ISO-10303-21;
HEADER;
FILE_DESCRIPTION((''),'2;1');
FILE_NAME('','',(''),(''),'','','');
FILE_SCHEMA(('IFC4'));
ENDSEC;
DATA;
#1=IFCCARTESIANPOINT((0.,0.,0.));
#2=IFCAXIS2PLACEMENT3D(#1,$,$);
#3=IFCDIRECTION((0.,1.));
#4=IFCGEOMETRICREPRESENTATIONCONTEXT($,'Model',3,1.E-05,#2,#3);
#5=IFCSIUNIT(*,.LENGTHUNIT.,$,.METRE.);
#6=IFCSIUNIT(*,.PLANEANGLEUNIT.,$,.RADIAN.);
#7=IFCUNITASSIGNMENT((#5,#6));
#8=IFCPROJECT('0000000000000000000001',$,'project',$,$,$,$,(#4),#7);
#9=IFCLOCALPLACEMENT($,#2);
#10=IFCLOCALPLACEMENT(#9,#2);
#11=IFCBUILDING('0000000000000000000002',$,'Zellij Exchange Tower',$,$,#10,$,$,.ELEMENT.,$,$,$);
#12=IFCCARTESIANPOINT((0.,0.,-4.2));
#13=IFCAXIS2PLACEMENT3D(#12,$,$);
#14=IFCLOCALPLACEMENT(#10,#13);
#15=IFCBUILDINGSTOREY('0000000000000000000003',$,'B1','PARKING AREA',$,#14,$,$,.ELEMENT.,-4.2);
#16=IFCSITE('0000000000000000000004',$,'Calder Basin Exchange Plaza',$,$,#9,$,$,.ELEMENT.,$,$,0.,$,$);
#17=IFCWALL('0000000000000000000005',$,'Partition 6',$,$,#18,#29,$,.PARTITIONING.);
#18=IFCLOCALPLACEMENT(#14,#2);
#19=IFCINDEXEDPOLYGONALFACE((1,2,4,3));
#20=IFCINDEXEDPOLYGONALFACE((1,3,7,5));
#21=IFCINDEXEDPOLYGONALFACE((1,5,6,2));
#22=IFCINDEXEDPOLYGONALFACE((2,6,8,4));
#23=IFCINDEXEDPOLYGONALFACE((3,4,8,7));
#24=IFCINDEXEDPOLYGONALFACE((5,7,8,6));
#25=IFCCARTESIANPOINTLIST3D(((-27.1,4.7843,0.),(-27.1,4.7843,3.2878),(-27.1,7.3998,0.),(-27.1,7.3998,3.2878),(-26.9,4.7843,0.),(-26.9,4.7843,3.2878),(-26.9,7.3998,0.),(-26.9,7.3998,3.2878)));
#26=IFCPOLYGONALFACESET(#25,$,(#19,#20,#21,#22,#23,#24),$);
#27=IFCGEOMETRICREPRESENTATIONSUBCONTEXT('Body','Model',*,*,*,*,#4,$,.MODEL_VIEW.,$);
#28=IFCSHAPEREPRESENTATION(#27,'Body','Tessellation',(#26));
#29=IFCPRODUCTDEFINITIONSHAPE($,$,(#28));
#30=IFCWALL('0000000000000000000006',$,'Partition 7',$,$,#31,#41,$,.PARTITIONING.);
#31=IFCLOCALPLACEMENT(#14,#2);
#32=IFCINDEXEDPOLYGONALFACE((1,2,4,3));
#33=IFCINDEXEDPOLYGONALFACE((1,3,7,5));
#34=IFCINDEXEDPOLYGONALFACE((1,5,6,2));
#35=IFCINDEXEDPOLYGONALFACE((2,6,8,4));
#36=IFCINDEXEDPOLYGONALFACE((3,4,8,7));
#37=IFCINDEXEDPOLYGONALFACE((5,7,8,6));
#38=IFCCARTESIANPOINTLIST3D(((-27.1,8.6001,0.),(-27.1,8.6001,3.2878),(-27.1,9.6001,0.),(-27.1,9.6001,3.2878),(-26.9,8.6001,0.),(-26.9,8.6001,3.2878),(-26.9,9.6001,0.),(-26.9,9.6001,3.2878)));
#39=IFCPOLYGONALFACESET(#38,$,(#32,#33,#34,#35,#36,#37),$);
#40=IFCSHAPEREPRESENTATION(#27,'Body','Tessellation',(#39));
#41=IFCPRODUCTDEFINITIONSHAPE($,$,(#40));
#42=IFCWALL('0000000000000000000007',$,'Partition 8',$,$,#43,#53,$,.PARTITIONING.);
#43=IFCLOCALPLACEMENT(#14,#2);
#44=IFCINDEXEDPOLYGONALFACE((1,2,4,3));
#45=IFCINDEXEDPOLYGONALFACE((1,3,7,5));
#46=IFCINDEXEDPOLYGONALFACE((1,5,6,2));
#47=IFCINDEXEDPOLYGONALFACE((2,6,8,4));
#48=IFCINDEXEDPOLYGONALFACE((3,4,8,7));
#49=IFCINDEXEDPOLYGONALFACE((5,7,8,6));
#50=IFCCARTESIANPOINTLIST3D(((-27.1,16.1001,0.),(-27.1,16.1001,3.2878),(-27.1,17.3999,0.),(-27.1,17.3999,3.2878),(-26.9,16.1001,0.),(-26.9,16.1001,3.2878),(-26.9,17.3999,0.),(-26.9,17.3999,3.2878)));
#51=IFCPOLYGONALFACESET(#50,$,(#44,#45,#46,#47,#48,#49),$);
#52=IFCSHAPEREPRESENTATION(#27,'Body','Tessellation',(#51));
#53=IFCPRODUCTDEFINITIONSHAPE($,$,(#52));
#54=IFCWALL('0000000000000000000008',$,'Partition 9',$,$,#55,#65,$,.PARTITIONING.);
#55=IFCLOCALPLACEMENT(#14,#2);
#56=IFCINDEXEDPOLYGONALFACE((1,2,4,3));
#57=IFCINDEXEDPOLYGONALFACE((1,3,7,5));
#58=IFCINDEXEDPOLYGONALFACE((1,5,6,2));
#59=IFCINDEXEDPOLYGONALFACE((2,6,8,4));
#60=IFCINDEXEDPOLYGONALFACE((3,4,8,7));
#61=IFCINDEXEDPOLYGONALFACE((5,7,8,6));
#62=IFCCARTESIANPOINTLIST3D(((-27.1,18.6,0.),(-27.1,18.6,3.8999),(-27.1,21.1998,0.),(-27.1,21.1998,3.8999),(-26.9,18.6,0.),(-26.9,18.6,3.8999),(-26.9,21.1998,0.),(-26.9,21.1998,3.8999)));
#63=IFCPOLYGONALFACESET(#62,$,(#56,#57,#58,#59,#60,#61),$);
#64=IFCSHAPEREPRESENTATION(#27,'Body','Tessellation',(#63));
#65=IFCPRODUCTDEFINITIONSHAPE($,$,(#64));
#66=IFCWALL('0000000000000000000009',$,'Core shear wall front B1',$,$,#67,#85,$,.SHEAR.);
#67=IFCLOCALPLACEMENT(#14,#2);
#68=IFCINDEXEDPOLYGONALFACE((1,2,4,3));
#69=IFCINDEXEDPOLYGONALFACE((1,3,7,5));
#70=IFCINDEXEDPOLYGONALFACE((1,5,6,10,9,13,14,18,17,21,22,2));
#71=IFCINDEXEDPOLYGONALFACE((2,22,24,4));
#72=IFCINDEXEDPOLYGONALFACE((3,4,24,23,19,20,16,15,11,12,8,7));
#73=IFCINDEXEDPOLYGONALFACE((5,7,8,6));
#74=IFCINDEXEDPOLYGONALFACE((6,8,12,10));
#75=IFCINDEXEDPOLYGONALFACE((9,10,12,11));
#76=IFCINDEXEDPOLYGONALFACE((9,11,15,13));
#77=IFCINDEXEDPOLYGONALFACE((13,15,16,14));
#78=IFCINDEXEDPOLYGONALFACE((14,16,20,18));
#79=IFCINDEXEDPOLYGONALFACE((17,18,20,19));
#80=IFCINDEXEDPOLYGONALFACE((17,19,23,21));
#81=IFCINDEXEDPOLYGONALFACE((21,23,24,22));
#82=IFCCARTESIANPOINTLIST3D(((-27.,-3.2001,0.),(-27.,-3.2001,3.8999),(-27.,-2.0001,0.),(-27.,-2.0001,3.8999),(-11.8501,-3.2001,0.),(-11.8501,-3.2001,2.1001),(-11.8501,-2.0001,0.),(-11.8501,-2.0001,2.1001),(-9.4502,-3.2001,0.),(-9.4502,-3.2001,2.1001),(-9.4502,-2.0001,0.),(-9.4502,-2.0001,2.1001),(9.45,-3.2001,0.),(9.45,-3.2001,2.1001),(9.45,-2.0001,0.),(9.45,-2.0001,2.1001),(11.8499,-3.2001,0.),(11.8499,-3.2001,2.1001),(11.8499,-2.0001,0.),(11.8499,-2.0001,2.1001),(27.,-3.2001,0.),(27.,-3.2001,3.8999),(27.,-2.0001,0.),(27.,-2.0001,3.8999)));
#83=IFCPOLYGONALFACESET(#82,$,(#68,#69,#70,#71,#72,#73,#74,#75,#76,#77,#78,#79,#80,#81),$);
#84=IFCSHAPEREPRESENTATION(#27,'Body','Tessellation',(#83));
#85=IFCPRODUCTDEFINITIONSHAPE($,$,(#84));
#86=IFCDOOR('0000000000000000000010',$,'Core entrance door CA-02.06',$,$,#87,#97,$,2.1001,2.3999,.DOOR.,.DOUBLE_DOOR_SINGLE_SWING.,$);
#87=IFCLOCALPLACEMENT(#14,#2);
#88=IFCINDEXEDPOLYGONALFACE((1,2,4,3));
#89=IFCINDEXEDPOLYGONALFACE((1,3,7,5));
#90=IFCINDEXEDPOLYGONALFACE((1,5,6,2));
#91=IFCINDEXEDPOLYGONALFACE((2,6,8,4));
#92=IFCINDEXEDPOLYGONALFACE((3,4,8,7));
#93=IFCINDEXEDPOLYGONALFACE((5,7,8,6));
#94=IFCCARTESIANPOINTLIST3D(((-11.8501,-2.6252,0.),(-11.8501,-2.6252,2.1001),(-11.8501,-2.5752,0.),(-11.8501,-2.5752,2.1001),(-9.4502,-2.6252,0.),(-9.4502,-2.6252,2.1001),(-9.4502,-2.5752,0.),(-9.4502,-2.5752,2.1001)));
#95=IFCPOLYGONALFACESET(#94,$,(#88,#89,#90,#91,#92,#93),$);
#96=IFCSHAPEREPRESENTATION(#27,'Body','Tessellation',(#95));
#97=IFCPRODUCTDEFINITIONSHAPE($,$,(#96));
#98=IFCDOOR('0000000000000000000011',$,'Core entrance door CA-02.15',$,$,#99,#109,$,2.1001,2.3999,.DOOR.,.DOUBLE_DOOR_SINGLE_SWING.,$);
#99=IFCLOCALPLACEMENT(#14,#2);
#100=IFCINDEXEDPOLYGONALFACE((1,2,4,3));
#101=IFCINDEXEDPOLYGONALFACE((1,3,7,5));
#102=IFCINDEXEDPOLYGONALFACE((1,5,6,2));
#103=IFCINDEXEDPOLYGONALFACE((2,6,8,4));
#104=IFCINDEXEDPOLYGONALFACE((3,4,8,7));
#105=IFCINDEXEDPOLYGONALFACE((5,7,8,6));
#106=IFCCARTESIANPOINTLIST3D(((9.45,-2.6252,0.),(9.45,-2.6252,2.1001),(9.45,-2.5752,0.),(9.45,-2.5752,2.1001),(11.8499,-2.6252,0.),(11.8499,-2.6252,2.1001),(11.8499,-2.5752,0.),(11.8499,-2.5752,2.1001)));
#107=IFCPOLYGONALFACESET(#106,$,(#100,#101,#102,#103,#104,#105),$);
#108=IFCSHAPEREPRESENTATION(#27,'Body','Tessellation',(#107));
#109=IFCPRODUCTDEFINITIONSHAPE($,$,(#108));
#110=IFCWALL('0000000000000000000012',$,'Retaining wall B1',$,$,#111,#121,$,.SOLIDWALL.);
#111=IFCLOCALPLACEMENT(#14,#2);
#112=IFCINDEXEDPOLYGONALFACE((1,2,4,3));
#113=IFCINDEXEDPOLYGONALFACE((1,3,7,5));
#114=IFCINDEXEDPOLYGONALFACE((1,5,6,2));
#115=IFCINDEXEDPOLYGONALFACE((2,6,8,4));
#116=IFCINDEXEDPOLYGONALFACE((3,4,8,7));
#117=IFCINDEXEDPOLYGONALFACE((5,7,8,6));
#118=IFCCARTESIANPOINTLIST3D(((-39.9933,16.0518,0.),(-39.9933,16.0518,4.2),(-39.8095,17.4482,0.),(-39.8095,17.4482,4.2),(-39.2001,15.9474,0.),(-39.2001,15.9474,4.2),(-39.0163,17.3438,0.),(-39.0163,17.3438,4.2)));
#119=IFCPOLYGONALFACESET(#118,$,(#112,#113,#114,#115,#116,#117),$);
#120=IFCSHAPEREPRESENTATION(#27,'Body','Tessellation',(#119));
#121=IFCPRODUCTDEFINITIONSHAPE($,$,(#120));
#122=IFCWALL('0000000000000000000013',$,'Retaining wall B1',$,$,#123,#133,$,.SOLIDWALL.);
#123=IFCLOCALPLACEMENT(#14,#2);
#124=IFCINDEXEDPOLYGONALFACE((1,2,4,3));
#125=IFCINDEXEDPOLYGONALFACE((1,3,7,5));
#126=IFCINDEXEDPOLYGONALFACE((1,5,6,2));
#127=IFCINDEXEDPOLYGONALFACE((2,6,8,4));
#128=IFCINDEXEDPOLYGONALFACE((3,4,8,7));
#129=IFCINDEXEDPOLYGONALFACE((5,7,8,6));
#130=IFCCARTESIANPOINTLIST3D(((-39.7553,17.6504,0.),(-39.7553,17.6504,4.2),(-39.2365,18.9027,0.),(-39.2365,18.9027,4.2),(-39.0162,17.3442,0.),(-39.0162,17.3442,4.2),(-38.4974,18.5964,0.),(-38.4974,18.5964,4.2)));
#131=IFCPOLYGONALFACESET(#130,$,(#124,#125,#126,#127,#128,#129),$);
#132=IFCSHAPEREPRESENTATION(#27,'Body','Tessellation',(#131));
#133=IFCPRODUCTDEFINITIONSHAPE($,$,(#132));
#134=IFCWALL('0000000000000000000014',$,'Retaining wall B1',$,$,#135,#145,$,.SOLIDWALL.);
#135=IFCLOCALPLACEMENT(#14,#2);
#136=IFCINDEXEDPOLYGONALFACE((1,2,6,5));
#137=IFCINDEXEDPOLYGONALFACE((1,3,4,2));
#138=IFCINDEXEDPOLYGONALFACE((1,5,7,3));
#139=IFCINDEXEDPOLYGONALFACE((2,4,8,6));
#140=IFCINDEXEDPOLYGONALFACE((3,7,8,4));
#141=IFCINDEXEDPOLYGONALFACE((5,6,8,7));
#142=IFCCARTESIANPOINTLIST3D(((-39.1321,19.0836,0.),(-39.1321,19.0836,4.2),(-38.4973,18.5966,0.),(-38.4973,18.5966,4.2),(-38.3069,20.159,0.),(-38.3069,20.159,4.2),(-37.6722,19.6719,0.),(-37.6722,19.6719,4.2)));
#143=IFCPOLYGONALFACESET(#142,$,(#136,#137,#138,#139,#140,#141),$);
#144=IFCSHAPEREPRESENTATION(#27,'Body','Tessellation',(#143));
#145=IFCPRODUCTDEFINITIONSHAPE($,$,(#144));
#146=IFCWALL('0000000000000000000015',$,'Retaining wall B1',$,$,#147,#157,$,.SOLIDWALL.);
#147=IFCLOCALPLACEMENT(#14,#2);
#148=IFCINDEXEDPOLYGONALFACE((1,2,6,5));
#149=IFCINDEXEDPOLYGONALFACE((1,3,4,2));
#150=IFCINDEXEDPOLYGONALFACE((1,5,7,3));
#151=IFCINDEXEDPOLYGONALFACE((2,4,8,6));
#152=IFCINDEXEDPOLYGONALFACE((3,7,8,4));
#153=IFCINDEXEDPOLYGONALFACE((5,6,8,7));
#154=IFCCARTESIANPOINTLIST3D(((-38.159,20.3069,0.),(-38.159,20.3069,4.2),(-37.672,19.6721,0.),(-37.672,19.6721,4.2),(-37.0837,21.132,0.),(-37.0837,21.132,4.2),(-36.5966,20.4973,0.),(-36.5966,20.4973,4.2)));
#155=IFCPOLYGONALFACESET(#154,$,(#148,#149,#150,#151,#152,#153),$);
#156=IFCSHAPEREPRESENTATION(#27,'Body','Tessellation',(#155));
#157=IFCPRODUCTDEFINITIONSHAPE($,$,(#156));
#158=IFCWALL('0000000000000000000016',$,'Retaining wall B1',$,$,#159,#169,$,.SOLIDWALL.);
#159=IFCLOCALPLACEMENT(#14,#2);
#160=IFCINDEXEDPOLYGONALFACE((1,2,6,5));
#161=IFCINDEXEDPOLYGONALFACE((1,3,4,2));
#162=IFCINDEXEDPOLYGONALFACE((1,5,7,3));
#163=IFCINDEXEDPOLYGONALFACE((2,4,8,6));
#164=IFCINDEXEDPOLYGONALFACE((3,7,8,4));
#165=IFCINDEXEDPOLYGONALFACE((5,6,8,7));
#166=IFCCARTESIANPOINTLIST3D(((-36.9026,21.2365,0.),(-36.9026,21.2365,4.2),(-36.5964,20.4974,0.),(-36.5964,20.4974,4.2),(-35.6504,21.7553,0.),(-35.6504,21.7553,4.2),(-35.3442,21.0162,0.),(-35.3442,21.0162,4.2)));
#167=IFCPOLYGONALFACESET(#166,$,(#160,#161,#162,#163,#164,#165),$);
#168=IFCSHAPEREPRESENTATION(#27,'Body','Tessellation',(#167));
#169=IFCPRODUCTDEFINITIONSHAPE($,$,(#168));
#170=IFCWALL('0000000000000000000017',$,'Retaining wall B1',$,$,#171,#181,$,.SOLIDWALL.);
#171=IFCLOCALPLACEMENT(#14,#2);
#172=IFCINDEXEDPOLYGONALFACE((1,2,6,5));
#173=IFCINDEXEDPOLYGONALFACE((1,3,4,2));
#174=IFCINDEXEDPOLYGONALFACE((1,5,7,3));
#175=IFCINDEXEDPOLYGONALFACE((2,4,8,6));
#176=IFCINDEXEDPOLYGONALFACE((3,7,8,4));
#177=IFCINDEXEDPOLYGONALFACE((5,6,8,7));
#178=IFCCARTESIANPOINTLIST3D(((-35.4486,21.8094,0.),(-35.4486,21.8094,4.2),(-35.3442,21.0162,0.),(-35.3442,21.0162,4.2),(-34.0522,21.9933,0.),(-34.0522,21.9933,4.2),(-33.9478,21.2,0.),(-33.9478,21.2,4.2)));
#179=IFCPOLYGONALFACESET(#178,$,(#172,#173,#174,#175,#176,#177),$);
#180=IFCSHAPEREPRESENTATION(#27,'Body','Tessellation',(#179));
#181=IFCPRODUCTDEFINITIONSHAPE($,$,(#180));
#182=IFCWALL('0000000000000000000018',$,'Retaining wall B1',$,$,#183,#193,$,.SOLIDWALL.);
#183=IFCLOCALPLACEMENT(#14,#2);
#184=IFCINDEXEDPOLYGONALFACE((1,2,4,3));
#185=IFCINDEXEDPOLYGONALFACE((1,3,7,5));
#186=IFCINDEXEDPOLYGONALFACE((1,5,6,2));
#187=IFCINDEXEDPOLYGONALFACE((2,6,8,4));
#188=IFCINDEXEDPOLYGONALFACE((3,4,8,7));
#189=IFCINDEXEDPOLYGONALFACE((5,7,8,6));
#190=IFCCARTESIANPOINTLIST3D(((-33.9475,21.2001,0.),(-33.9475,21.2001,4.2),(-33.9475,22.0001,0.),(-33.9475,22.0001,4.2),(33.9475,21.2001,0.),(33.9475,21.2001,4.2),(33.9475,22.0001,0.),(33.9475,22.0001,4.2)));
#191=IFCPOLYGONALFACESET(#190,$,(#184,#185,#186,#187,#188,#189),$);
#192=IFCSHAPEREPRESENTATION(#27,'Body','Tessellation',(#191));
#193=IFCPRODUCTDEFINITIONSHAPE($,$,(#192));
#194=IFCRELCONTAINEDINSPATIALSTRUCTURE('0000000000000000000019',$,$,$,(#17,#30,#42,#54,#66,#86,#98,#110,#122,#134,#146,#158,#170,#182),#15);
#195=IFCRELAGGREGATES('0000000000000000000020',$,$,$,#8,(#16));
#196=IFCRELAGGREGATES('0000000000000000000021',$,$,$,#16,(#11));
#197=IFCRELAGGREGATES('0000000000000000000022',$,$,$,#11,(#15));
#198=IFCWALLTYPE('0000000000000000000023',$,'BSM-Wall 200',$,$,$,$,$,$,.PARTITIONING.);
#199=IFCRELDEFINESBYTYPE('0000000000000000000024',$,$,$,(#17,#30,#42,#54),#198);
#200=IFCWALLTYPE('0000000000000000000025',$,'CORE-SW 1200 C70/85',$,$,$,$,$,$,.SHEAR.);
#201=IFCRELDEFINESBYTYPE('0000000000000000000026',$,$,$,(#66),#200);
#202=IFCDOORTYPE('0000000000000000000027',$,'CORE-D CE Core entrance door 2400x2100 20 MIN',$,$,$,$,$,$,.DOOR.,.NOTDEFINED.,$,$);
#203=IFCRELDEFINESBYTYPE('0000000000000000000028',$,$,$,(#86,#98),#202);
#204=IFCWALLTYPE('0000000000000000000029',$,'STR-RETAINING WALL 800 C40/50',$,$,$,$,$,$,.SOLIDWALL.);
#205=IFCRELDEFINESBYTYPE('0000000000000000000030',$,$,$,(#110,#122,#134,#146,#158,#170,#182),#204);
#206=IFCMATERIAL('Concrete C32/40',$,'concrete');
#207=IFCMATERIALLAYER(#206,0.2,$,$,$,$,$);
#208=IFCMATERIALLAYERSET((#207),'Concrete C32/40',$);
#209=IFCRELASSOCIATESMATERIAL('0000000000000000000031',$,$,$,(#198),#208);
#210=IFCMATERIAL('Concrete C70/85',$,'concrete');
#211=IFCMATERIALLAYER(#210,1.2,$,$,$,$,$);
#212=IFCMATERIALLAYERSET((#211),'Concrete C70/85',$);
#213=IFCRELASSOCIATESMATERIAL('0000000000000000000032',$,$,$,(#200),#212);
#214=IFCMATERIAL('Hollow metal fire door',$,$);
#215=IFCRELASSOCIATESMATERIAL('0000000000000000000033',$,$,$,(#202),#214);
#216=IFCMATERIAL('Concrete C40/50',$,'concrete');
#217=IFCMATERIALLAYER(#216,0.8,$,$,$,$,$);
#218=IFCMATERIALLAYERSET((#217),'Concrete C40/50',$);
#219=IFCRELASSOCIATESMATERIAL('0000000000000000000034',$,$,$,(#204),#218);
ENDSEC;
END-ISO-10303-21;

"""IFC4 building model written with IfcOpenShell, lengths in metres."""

from ifc_helpers import new_model, si_unit, direction, frame, frame_2d, origin, place, context, subcontext, project, spatial, rectangle, extrude, material, layer, layer_set, type_object, element, fill, save


model = new_model("IFC4")

# Units and contexts
model_context = context("Model", 3, precision=1e-05, world=origin(), true_north=direction((0.0, 1.0)))
body_context = subcontext(model_context, "Body", "Model", "MODEL_VIEW")
ifc_project = project(units=[si_unit("LENGTHUNIT", "METRE"), si_unit("PLANEANGLEUNIT", "RADIAN")], contexts=[model_context])

# Site, building, storey
site_placement = place(None, origin())
site = spatial("IfcSite", under=ifc_project, at=site_placement, Name="Calder Basin Exchange Plaza", CompositionType="ELEMENT", RefElevation=0.0)
building_placement = place(site_placement, origin())
building = spatial("IfcBuilding", under=site, at=building_placement, Name="Zellij Exchange Tower", CompositionType="ELEMENT")
storey_placement = place(building_placement, frame((0.0, 0.0, -4.2)))
storey = spatial("IfcBuildingStorey", under=building, at=storey_placement, Name="B1", Description="PARKING AREA", CompositionType="ELEMENT", Elevation=-4.2)

# Shared definitions
ifc_material_1 = material(Name="Concrete C70/85", Category="concrete")

# Shared definitions
ifc_material_2 = material(Name="Concrete C32/40", Category="concrete")
ifc_layer_1 = layer(ifc_material_2, 0.2)
ifc_layer_set_1 = layer_set([ifc_layer_1], Name="Concrete C32/40")
wall_type_1 = type_object("IfcWallType", Name="BSM-Wall 200", PredefinedType="PARTITIONING", material=ifc_layer_set_1)

# Walls
wall_1_placement = place(storey_placement, frame((-27.0, 4.7844, 0.0), z_axis=(0.0, 0.0, 1.0), x_axis=(0.0, 1.0, 0.0)))
element("IfcWall", 1, at=wall_1_placement, inside=storey, type_object=wall_type_1, Name="Partition 6", PredefinedType="PARTITIONING", context=body_context, shape_type="SweptSolid", body=[
    extrude(rectangle(XDim=2.6155, YDim=0.2, at=frame_2d((1.3076, 0.0))), origin(), (0.0, 0.0, 1.0), 3.2878),
])
wall_2_placement = place(storey_placement, frame((-27.0, 8.6001, 0.0), z_axis=(0.0, 0.0, 1.0), x_axis=(0.0, 1.0, 0.0)))
element("IfcWall", 2, at=wall_2_placement, inside=storey, type_object=wall_type_1, Name="Partition 7", PredefinedType="PARTITIONING", context=body_context, shape_type="SweptSolid", body=[
    extrude(rectangle(XDim=1.0, YDim=0.2, at=frame_2d((0.5, 0.0))), origin(), (0.0, 0.0, 1.0), 3.2878),
])
wall_3_placement = place(storey_placement, frame((-27.0, 16.1001, 0.0), z_axis=(0.0, 0.0, 1.0), x_axis=(0.0, 1.0, 0.0)))
element("IfcWall", 3, at=wall_3_placement, inside=storey, type_object=wall_type_1, Name="Partition 8", PredefinedType="PARTITIONING", context=body_context, shape_type="SweptSolid", body=[
    extrude(rectangle(XDim=1.2998, YDim=0.2, at=frame_2d((0.6499, 0.0))), origin(), (0.0, 0.0, 1.0), 3.2878),
])
wall_4_placement = place(storey_placement, frame((-27.0, 18.6001, 0.0), z_axis=(0.0, 0.0, 1.0), x_axis=(0.0, 1.0, 0.0)))
element("IfcWall", 4, at=wall_4_placement, inside=storey, type_object=wall_type_1, Name="Partition 9", PredefinedType="PARTITIONING", context=body_context, shape_type="SweptSolid", body=[
    extrude(rectangle(XDim=2.5999, YDim=0.2, at=frame_2d((1.2998, 0.0))), origin(), (0.0, 0.0, 1.0), 3.8999),
])

# Wall, openings, doors
ifc_layer_2 = layer(ifc_material_1, 1.2)
ifc_layer_set_2 = layer_set([ifc_layer_2], Name="Concrete C70/85")
wall_type_2 = type_object("IfcWallType", Name="CORE-SW 1200 C70/85", PredefinedType="SHEAR", material=ifc_layer_set_2)
wall_5_placement = place(storey_placement, frame((-27.0, -2.6001, 0.0), z_axis=(0.0, 0.0, 1.0), x_axis=(1.0, 0.0, 0.0)))
wall_5 = element("IfcWall", 5, at=wall_5_placement, inside=storey, type_object=wall_type_2, Name="Core shear wall front B1", PredefinedType="SHEAR", context=body_context, shape_type="SweptSolid", body=[
    extrude(rectangle(XDim=54.0, YDim=1.2, at=frame_2d((27.0, 0.0))), origin(), (0.0, 0.0, 1.0), 3.8999),
])
opening_1_placement = place(wall_5_placement, frame((15.1499, 0.0, 0.0)))
opening_1 = element("IfcOpeningElement", 6, at=opening_1_placement, cuts=wall_5, PredefinedType="OPENING", context=body_context, shape_type="SweptSolid", body=[
    extrude(rectangle(XDim=2.3999, YDim=2.1001, at=frame_2d((1.2, 1.05))), frame((0.0, 0.6118, 0.0), z_axis=(0.0, -1.0, 0.0), x_axis=(1.0, 0.0, 0.0)), (0.0, 0.0, 1.0), 1.2239),
])
opening_2_placement = place(wall_5_placement, frame((36.45, 0.0, 0.0)))
opening_2 = element("IfcOpeningElement", 7, at=opening_2_placement, cuts=wall_5, PredefinedType="OPENING", context=body_context, shape_type="SweptSolid", body=[
    extrude(rectangle(XDim=2.3999, YDim=2.1001, at=frame_2d((1.2, 1.05))), frame((0.0, 0.6118, 0.0), z_axis=(0.0, -1.0, 0.0), x_axis=(1.0, 0.0, 0.0)), (0.0, 0.0, 1.0), 1.2239),
])
ifc_material_3 = material(Name="Hollow metal fire door")
door_type_1 = type_object("IfcDoorType", Name="CORE-D CE Core entrance door 2400x2100 20 MIN", OperationType="NOTDEFINED", PredefinedType="DOOR", material=ifc_material_3)
door_1_placement = place(opening_1_placement, origin())
door_1 = element("IfcDoor", 8, at=door_1_placement, inside=storey, type_object=door_type_1, Name="Core entrance door CA-02.06", OperationType="DOUBLE_DOOR_SINGLE_SWING", OverallHeight=2.1001, OverallWidth=2.3999, PredefinedType="DOOR", context=body_context, shape_type="SweptSolid", body=[
    extrude(rectangle(XDim=2.3999, YDim=2.1001, at=frame_2d((1.2, 1.05))), frame((0.0, 0.0249, 0.0), z_axis=(0.0, -1.0, 0.0), x_axis=(1.0, 0.0, 0.0)), (0.0, 0.0, 1.0), 0.05),
])
fill(opening_1, door_1)
door_2_placement = place(opening_2_placement, origin())
door_2 = element("IfcDoor", 9, at=door_2_placement, inside=storey, type_object=door_type_1, Name="Core entrance door CA-02.15", OperationType="DOUBLE_DOOR_SINGLE_SWING", OverallHeight=2.1001, OverallWidth=2.3999, PredefinedType="DOOR", context=body_context, shape_type="SweptSolid", body=[
    extrude(rectangle(XDim=2.3999, YDim=2.1001, at=frame_2d((1.2, 1.05))), frame((0.0, 0.0249, 0.0), z_axis=(0.0, -1.0, 0.0), x_axis=(1.0, 0.0, 0.0)), (0.0, 0.0, 1.0), 0.05),
])
fill(opening_2, door_2)

# Walls
ifc_material_4 = material(Name="Concrete C40/50", Category="concrete")
ifc_layer_3 = layer(ifc_material_4, 0.8)
ifc_layer_set_3 = layer_set([ifc_layer_3], Name="Concrete C40/50")
wall_type_3 = type_object("IfcWallType", Name="STR-RETAINING WALL 800 C40/50", PredefinedType="SOLIDWALL", material=ifc_layer_set_3)
wall_6_placement = place(storey_placement, frame((-39.5967, 15.9998, 0.0), z_axis=(0.0, 0.0, 1.0), x_axis=(0.130517, 0.991446, 0.0)))
element("IfcWall", 10, at=wall_6_placement, inside=storey, type_object=wall_type_3, Name="Retaining wall B1", PredefinedType="SOLIDWALL", context=body_context, shape_type="SweptSolid", body=[
    extrude(rectangle(XDim=1.4084, YDim=0.8, at=frame_2d((0.7041, 0.0))), origin(), (0.0, 0.0, 1.0), 4.2),
])
for number, where, z_axis, x_axis, name in (
    (11, (-39.3857, 17.4973, 0.0), (0.0, 0.0, 1.0), (0.38276, 0.923848, 0.0), "Retaining wall B1"),
    (12, (-38.8147, 18.8401, 0.0), (0.0, 0.0, 1.0), (0.608753, 0.79336, 0.0), "Retaining wall B1"),
    (13, (-37.9155, 19.9895, 0.0), (0.0, 0.0, 1.0), (0.79336, 0.608753, 0.0), "Retaining wall B1"),
    (14, (-36.7495, 20.8669, 0.0), (0.0, 0.0, 1.0), (0.923848, 0.38276, 0.0), "Retaining wall B1"),
):
    element("IfcWall", number, at=place(storey_placement, frame(where, z_axis=z_axis, x_axis=x_axis)), inside=storey, type_object=wall_type_3, Name=name, PredefinedType="SOLIDWALL", context=body_context, shape_type="SweptSolid", body=[
        extrude(rectangle(XDim=1.3555, YDim=0.8, at=frame_2d((0.6777, 0.0))), origin(), (0.0, 0.0, 1.0), 4.2),
    ])
wall_7_placement = place(storey_placement, frame((-35.3962, 21.4128, 0.0), z_axis=(0.0, 0.0, 1.0), x_axis=(0.991446, 0.130517, 0.0)))
element("IfcWall", 15, at=wall_7_placement, inside=storey, type_object=wall_type_3, Name="Retaining wall B1", PredefinedType="SOLIDWALL", context=body_context, shape_type="SweptSolid", body=[
    extrude(rectangle(XDim=1.4084, YDim=0.8, at=frame_2d((0.7041, 0.0))), origin(), (0.0, 0.0, 1.0), 4.2),
])
wall_8_placement = place(storey_placement, frame((-33.9475, 21.6001, 0.0), z_axis=(0.0, 0.0, 1.0), x_axis=(1.0, 0.0, 0.0)))
element("IfcWall", 16, at=wall_8_placement, inside=storey, type_object=wall_type_3, Name="Retaining wall B1", PredefinedType="SOLIDWALL", context=body_context, shape_type="SweptSolid", body=[
    extrude(rectangle(XDim=67.895, YDim=0.8, at=frame_2d((33.9475, 0.0))), origin(), (0.0, 0.0, 1.0), 4.2),
])

save(model, "model.ifc")
